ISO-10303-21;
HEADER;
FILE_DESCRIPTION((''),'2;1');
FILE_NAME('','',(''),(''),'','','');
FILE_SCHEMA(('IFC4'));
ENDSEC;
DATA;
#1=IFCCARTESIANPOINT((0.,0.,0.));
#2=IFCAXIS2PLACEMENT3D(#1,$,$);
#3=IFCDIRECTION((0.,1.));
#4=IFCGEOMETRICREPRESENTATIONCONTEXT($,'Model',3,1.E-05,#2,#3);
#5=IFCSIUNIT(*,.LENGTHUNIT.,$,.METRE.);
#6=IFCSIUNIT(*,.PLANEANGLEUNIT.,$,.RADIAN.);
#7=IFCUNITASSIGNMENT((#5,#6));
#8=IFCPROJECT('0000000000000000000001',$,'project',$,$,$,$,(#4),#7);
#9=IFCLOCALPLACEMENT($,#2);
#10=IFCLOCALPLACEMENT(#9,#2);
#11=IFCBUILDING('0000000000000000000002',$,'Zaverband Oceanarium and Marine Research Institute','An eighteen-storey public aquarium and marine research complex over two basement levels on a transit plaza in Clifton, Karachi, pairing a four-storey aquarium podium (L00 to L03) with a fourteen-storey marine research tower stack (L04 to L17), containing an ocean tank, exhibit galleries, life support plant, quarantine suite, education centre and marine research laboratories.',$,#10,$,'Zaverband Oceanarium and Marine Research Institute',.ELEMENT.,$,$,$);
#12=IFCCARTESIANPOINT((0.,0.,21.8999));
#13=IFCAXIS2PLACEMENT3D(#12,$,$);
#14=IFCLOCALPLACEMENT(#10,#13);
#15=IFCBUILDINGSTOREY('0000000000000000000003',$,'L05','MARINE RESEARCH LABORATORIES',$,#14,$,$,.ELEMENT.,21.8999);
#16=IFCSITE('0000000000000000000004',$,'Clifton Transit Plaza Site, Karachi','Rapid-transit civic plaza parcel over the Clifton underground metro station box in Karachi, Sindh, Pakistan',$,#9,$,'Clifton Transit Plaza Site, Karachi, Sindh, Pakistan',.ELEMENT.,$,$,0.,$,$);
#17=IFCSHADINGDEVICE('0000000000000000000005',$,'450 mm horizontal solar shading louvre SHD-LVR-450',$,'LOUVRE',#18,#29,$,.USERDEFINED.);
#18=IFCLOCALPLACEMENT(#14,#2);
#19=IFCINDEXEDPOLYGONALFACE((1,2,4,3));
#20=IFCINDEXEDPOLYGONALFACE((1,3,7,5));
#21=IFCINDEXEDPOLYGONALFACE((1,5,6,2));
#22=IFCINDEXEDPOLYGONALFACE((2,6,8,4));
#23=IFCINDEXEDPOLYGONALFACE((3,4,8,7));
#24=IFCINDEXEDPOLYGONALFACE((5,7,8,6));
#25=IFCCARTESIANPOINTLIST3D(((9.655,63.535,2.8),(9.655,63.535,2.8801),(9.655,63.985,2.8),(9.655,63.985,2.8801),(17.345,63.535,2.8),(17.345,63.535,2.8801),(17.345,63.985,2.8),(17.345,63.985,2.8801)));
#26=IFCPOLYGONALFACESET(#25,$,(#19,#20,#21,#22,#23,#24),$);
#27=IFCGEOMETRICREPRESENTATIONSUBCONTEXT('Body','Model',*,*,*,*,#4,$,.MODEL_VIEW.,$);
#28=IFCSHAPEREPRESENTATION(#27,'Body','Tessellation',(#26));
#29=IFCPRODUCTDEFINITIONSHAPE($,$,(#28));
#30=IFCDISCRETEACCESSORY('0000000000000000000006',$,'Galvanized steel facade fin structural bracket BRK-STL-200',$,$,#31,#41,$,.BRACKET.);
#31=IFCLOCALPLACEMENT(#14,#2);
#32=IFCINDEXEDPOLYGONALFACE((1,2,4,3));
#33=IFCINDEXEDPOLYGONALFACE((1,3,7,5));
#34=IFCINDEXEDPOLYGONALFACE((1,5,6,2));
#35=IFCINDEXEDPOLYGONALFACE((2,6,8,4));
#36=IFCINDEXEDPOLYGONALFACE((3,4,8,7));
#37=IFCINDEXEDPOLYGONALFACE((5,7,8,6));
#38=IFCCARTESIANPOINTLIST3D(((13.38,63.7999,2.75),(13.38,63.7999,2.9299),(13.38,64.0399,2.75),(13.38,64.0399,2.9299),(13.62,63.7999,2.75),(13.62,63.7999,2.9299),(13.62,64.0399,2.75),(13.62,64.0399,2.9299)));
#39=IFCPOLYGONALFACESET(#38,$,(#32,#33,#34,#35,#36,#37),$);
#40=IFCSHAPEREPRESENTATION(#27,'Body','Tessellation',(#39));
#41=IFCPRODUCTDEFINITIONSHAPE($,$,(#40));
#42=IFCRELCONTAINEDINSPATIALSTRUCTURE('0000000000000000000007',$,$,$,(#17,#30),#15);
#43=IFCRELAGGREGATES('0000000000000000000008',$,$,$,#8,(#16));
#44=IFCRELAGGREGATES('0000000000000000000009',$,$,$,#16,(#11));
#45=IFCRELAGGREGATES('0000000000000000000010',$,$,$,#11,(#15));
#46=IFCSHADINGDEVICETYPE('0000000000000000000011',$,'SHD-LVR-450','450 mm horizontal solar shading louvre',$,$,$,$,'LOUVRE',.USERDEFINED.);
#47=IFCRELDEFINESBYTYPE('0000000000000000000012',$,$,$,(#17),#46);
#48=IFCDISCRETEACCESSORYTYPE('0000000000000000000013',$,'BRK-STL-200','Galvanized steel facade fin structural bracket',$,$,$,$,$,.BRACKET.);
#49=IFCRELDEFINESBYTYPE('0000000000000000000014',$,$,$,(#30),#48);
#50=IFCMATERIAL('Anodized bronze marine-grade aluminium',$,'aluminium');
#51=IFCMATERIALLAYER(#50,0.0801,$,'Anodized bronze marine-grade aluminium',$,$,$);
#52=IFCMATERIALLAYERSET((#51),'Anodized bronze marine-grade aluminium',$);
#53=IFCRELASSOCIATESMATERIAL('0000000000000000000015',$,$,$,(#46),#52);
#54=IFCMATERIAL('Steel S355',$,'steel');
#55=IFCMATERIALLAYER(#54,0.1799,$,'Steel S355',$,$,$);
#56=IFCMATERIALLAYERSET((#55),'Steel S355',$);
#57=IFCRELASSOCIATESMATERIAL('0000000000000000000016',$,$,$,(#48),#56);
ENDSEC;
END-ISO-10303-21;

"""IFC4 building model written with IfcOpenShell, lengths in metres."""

from ifc_helpers import new_model, si_unit, direction, frame, frame_2d, origin, origin_2d, place, context, subcontext, project, spatial, rectangle, extrude, material, layer, layer_set, type_object, element, save


model = new_model("IFC4")

# Units and contexts
model_context = context("Model", 3, precision=1e-05, world=origin(), true_north=direction((0.0, 1.0)))
body_context = subcontext(model_context, "Body", "Model", "MODEL_VIEW")
ifc_project = project(units=[si_unit("LENGTHUNIT", "METRE"), si_unit("PLANEANGLEUNIT", "RADIAN")], contexts=[model_context])

# Site, building, storey
site_placement = place(None, origin())
site = spatial("IfcSite", under=ifc_project, at=site_placement, Name="Clifton Transit Plaza Site, Karachi", Description="Rapid-transit civic plaza parcel over the Clifton underground metro station box in Karachi, Sindh, Pakistan", LongName="Clifton Transit Plaza Site, Karachi, Sindh, Pakistan", CompositionType="ELEMENT", RefElevation=0.0)
building_placement = place(site_placement, origin())
building = spatial("IfcBuilding", under=site, at=building_placement, Name="Zaverband Oceanarium and Marine Research Institute", Description="An eighteen-storey public aquarium and marine research complex over two basement levels on a transit plaza in Clifton, Karachi, pairing a four-storey aquarium podium (L00 to L03) with a fourteen-storey marine research tower stack (L04 to L17), containing an ocean tank, exhibit galleries, life support plant, quarantine suite, education centre and marine research laboratories.", LongName="Zaverband Oceanarium and Marine Research Institute", CompositionType="ELEMENT")
storey_placement = place(building_placement, frame((0.0, 0.0, 21.8999)))
storey = spatial("IfcBuildingStorey", under=building, at=storey_placement, Name="L05", Description="MARINE RESEARCH LABORATORIES", CompositionType="ELEMENT", Elevation=21.8999)

# Shading device
ifc_material_1 = material(Name="Anodized bronze marine-grade aluminium", Category="aluminium")
ifc_layer_1 = layer(ifc_material_1, 0.0801, Name="Anodized bronze marine-grade aluminium")
ifc_layer_set_1 = layer_set([ifc_layer_1], Name="Anodized bronze marine-grade aluminium")
shading_device_type = type_object("IfcShadingDeviceType", Name="SHD-LVR-450", Description="450 mm horizontal solar shading louvre", ElementType="LOUVRE", PredefinedType="USERDEFINED", material=ifc_layer_set_1)
shading_device_placement = place(storey_placement, frame((9.655, 63.76, 2.8), z_axis=(0.0, 0.0, 1.0), x_axis=(1.0, 0.0, 0.0)))
element("IfcShadingDevice", 1, at=shading_device_placement, inside=storey, type_object=shading_device_type, Name="450 mm horizontal solar shading louvre SHD-LVR-450", ObjectType="LOUVRE", PredefinedType="USERDEFINED", context=body_context, shape_type="SweptSolid", body=[
    extrude(rectangle(XDim=7.6899, YDim=0.45, at=frame_2d((3.845, 0.0))), origin(), (0.0, 0.0, 1.0), 0.0801),
])

# Discrete accessory
ifc_material_2 = material(Name="Steel S355", Category="steel")
ifc_layer_2 = layer(ifc_material_2, 0.1799, Name="Steel S355")
ifc_layer_set_2 = layer_set([ifc_layer_2], Name="Steel S355")
discrete_accessory_type = type_object("IfcDiscreteAccessoryType", Name="BRK-STL-200", Description="Galvanized steel facade fin structural bracket", PredefinedType="BRACKET", material=ifc_layer_set_2)
discrete_accessory_placement = place(storey_placement, frame((13.5, 63.9199, 2.75), z_axis=(0.0, 0.0, 1.0), x_axis=(1.0, 0.0, 0.0)))
element("IfcDiscreteAccessory", 2, at=discrete_accessory_placement, inside=storey, type_object=discrete_accessory_type, Name="Galvanized steel facade fin structural bracket BRK-STL-200", PredefinedType="BRACKET", context=body_context, shape_type="SweptSolid", body=[
    extrude(rectangle(XDim=0.24, YDim=0.24, at=origin_2d()), origin(), (0.0, 0.0, 1.0), 0.1799),
])

save(model, "model.ifc")
